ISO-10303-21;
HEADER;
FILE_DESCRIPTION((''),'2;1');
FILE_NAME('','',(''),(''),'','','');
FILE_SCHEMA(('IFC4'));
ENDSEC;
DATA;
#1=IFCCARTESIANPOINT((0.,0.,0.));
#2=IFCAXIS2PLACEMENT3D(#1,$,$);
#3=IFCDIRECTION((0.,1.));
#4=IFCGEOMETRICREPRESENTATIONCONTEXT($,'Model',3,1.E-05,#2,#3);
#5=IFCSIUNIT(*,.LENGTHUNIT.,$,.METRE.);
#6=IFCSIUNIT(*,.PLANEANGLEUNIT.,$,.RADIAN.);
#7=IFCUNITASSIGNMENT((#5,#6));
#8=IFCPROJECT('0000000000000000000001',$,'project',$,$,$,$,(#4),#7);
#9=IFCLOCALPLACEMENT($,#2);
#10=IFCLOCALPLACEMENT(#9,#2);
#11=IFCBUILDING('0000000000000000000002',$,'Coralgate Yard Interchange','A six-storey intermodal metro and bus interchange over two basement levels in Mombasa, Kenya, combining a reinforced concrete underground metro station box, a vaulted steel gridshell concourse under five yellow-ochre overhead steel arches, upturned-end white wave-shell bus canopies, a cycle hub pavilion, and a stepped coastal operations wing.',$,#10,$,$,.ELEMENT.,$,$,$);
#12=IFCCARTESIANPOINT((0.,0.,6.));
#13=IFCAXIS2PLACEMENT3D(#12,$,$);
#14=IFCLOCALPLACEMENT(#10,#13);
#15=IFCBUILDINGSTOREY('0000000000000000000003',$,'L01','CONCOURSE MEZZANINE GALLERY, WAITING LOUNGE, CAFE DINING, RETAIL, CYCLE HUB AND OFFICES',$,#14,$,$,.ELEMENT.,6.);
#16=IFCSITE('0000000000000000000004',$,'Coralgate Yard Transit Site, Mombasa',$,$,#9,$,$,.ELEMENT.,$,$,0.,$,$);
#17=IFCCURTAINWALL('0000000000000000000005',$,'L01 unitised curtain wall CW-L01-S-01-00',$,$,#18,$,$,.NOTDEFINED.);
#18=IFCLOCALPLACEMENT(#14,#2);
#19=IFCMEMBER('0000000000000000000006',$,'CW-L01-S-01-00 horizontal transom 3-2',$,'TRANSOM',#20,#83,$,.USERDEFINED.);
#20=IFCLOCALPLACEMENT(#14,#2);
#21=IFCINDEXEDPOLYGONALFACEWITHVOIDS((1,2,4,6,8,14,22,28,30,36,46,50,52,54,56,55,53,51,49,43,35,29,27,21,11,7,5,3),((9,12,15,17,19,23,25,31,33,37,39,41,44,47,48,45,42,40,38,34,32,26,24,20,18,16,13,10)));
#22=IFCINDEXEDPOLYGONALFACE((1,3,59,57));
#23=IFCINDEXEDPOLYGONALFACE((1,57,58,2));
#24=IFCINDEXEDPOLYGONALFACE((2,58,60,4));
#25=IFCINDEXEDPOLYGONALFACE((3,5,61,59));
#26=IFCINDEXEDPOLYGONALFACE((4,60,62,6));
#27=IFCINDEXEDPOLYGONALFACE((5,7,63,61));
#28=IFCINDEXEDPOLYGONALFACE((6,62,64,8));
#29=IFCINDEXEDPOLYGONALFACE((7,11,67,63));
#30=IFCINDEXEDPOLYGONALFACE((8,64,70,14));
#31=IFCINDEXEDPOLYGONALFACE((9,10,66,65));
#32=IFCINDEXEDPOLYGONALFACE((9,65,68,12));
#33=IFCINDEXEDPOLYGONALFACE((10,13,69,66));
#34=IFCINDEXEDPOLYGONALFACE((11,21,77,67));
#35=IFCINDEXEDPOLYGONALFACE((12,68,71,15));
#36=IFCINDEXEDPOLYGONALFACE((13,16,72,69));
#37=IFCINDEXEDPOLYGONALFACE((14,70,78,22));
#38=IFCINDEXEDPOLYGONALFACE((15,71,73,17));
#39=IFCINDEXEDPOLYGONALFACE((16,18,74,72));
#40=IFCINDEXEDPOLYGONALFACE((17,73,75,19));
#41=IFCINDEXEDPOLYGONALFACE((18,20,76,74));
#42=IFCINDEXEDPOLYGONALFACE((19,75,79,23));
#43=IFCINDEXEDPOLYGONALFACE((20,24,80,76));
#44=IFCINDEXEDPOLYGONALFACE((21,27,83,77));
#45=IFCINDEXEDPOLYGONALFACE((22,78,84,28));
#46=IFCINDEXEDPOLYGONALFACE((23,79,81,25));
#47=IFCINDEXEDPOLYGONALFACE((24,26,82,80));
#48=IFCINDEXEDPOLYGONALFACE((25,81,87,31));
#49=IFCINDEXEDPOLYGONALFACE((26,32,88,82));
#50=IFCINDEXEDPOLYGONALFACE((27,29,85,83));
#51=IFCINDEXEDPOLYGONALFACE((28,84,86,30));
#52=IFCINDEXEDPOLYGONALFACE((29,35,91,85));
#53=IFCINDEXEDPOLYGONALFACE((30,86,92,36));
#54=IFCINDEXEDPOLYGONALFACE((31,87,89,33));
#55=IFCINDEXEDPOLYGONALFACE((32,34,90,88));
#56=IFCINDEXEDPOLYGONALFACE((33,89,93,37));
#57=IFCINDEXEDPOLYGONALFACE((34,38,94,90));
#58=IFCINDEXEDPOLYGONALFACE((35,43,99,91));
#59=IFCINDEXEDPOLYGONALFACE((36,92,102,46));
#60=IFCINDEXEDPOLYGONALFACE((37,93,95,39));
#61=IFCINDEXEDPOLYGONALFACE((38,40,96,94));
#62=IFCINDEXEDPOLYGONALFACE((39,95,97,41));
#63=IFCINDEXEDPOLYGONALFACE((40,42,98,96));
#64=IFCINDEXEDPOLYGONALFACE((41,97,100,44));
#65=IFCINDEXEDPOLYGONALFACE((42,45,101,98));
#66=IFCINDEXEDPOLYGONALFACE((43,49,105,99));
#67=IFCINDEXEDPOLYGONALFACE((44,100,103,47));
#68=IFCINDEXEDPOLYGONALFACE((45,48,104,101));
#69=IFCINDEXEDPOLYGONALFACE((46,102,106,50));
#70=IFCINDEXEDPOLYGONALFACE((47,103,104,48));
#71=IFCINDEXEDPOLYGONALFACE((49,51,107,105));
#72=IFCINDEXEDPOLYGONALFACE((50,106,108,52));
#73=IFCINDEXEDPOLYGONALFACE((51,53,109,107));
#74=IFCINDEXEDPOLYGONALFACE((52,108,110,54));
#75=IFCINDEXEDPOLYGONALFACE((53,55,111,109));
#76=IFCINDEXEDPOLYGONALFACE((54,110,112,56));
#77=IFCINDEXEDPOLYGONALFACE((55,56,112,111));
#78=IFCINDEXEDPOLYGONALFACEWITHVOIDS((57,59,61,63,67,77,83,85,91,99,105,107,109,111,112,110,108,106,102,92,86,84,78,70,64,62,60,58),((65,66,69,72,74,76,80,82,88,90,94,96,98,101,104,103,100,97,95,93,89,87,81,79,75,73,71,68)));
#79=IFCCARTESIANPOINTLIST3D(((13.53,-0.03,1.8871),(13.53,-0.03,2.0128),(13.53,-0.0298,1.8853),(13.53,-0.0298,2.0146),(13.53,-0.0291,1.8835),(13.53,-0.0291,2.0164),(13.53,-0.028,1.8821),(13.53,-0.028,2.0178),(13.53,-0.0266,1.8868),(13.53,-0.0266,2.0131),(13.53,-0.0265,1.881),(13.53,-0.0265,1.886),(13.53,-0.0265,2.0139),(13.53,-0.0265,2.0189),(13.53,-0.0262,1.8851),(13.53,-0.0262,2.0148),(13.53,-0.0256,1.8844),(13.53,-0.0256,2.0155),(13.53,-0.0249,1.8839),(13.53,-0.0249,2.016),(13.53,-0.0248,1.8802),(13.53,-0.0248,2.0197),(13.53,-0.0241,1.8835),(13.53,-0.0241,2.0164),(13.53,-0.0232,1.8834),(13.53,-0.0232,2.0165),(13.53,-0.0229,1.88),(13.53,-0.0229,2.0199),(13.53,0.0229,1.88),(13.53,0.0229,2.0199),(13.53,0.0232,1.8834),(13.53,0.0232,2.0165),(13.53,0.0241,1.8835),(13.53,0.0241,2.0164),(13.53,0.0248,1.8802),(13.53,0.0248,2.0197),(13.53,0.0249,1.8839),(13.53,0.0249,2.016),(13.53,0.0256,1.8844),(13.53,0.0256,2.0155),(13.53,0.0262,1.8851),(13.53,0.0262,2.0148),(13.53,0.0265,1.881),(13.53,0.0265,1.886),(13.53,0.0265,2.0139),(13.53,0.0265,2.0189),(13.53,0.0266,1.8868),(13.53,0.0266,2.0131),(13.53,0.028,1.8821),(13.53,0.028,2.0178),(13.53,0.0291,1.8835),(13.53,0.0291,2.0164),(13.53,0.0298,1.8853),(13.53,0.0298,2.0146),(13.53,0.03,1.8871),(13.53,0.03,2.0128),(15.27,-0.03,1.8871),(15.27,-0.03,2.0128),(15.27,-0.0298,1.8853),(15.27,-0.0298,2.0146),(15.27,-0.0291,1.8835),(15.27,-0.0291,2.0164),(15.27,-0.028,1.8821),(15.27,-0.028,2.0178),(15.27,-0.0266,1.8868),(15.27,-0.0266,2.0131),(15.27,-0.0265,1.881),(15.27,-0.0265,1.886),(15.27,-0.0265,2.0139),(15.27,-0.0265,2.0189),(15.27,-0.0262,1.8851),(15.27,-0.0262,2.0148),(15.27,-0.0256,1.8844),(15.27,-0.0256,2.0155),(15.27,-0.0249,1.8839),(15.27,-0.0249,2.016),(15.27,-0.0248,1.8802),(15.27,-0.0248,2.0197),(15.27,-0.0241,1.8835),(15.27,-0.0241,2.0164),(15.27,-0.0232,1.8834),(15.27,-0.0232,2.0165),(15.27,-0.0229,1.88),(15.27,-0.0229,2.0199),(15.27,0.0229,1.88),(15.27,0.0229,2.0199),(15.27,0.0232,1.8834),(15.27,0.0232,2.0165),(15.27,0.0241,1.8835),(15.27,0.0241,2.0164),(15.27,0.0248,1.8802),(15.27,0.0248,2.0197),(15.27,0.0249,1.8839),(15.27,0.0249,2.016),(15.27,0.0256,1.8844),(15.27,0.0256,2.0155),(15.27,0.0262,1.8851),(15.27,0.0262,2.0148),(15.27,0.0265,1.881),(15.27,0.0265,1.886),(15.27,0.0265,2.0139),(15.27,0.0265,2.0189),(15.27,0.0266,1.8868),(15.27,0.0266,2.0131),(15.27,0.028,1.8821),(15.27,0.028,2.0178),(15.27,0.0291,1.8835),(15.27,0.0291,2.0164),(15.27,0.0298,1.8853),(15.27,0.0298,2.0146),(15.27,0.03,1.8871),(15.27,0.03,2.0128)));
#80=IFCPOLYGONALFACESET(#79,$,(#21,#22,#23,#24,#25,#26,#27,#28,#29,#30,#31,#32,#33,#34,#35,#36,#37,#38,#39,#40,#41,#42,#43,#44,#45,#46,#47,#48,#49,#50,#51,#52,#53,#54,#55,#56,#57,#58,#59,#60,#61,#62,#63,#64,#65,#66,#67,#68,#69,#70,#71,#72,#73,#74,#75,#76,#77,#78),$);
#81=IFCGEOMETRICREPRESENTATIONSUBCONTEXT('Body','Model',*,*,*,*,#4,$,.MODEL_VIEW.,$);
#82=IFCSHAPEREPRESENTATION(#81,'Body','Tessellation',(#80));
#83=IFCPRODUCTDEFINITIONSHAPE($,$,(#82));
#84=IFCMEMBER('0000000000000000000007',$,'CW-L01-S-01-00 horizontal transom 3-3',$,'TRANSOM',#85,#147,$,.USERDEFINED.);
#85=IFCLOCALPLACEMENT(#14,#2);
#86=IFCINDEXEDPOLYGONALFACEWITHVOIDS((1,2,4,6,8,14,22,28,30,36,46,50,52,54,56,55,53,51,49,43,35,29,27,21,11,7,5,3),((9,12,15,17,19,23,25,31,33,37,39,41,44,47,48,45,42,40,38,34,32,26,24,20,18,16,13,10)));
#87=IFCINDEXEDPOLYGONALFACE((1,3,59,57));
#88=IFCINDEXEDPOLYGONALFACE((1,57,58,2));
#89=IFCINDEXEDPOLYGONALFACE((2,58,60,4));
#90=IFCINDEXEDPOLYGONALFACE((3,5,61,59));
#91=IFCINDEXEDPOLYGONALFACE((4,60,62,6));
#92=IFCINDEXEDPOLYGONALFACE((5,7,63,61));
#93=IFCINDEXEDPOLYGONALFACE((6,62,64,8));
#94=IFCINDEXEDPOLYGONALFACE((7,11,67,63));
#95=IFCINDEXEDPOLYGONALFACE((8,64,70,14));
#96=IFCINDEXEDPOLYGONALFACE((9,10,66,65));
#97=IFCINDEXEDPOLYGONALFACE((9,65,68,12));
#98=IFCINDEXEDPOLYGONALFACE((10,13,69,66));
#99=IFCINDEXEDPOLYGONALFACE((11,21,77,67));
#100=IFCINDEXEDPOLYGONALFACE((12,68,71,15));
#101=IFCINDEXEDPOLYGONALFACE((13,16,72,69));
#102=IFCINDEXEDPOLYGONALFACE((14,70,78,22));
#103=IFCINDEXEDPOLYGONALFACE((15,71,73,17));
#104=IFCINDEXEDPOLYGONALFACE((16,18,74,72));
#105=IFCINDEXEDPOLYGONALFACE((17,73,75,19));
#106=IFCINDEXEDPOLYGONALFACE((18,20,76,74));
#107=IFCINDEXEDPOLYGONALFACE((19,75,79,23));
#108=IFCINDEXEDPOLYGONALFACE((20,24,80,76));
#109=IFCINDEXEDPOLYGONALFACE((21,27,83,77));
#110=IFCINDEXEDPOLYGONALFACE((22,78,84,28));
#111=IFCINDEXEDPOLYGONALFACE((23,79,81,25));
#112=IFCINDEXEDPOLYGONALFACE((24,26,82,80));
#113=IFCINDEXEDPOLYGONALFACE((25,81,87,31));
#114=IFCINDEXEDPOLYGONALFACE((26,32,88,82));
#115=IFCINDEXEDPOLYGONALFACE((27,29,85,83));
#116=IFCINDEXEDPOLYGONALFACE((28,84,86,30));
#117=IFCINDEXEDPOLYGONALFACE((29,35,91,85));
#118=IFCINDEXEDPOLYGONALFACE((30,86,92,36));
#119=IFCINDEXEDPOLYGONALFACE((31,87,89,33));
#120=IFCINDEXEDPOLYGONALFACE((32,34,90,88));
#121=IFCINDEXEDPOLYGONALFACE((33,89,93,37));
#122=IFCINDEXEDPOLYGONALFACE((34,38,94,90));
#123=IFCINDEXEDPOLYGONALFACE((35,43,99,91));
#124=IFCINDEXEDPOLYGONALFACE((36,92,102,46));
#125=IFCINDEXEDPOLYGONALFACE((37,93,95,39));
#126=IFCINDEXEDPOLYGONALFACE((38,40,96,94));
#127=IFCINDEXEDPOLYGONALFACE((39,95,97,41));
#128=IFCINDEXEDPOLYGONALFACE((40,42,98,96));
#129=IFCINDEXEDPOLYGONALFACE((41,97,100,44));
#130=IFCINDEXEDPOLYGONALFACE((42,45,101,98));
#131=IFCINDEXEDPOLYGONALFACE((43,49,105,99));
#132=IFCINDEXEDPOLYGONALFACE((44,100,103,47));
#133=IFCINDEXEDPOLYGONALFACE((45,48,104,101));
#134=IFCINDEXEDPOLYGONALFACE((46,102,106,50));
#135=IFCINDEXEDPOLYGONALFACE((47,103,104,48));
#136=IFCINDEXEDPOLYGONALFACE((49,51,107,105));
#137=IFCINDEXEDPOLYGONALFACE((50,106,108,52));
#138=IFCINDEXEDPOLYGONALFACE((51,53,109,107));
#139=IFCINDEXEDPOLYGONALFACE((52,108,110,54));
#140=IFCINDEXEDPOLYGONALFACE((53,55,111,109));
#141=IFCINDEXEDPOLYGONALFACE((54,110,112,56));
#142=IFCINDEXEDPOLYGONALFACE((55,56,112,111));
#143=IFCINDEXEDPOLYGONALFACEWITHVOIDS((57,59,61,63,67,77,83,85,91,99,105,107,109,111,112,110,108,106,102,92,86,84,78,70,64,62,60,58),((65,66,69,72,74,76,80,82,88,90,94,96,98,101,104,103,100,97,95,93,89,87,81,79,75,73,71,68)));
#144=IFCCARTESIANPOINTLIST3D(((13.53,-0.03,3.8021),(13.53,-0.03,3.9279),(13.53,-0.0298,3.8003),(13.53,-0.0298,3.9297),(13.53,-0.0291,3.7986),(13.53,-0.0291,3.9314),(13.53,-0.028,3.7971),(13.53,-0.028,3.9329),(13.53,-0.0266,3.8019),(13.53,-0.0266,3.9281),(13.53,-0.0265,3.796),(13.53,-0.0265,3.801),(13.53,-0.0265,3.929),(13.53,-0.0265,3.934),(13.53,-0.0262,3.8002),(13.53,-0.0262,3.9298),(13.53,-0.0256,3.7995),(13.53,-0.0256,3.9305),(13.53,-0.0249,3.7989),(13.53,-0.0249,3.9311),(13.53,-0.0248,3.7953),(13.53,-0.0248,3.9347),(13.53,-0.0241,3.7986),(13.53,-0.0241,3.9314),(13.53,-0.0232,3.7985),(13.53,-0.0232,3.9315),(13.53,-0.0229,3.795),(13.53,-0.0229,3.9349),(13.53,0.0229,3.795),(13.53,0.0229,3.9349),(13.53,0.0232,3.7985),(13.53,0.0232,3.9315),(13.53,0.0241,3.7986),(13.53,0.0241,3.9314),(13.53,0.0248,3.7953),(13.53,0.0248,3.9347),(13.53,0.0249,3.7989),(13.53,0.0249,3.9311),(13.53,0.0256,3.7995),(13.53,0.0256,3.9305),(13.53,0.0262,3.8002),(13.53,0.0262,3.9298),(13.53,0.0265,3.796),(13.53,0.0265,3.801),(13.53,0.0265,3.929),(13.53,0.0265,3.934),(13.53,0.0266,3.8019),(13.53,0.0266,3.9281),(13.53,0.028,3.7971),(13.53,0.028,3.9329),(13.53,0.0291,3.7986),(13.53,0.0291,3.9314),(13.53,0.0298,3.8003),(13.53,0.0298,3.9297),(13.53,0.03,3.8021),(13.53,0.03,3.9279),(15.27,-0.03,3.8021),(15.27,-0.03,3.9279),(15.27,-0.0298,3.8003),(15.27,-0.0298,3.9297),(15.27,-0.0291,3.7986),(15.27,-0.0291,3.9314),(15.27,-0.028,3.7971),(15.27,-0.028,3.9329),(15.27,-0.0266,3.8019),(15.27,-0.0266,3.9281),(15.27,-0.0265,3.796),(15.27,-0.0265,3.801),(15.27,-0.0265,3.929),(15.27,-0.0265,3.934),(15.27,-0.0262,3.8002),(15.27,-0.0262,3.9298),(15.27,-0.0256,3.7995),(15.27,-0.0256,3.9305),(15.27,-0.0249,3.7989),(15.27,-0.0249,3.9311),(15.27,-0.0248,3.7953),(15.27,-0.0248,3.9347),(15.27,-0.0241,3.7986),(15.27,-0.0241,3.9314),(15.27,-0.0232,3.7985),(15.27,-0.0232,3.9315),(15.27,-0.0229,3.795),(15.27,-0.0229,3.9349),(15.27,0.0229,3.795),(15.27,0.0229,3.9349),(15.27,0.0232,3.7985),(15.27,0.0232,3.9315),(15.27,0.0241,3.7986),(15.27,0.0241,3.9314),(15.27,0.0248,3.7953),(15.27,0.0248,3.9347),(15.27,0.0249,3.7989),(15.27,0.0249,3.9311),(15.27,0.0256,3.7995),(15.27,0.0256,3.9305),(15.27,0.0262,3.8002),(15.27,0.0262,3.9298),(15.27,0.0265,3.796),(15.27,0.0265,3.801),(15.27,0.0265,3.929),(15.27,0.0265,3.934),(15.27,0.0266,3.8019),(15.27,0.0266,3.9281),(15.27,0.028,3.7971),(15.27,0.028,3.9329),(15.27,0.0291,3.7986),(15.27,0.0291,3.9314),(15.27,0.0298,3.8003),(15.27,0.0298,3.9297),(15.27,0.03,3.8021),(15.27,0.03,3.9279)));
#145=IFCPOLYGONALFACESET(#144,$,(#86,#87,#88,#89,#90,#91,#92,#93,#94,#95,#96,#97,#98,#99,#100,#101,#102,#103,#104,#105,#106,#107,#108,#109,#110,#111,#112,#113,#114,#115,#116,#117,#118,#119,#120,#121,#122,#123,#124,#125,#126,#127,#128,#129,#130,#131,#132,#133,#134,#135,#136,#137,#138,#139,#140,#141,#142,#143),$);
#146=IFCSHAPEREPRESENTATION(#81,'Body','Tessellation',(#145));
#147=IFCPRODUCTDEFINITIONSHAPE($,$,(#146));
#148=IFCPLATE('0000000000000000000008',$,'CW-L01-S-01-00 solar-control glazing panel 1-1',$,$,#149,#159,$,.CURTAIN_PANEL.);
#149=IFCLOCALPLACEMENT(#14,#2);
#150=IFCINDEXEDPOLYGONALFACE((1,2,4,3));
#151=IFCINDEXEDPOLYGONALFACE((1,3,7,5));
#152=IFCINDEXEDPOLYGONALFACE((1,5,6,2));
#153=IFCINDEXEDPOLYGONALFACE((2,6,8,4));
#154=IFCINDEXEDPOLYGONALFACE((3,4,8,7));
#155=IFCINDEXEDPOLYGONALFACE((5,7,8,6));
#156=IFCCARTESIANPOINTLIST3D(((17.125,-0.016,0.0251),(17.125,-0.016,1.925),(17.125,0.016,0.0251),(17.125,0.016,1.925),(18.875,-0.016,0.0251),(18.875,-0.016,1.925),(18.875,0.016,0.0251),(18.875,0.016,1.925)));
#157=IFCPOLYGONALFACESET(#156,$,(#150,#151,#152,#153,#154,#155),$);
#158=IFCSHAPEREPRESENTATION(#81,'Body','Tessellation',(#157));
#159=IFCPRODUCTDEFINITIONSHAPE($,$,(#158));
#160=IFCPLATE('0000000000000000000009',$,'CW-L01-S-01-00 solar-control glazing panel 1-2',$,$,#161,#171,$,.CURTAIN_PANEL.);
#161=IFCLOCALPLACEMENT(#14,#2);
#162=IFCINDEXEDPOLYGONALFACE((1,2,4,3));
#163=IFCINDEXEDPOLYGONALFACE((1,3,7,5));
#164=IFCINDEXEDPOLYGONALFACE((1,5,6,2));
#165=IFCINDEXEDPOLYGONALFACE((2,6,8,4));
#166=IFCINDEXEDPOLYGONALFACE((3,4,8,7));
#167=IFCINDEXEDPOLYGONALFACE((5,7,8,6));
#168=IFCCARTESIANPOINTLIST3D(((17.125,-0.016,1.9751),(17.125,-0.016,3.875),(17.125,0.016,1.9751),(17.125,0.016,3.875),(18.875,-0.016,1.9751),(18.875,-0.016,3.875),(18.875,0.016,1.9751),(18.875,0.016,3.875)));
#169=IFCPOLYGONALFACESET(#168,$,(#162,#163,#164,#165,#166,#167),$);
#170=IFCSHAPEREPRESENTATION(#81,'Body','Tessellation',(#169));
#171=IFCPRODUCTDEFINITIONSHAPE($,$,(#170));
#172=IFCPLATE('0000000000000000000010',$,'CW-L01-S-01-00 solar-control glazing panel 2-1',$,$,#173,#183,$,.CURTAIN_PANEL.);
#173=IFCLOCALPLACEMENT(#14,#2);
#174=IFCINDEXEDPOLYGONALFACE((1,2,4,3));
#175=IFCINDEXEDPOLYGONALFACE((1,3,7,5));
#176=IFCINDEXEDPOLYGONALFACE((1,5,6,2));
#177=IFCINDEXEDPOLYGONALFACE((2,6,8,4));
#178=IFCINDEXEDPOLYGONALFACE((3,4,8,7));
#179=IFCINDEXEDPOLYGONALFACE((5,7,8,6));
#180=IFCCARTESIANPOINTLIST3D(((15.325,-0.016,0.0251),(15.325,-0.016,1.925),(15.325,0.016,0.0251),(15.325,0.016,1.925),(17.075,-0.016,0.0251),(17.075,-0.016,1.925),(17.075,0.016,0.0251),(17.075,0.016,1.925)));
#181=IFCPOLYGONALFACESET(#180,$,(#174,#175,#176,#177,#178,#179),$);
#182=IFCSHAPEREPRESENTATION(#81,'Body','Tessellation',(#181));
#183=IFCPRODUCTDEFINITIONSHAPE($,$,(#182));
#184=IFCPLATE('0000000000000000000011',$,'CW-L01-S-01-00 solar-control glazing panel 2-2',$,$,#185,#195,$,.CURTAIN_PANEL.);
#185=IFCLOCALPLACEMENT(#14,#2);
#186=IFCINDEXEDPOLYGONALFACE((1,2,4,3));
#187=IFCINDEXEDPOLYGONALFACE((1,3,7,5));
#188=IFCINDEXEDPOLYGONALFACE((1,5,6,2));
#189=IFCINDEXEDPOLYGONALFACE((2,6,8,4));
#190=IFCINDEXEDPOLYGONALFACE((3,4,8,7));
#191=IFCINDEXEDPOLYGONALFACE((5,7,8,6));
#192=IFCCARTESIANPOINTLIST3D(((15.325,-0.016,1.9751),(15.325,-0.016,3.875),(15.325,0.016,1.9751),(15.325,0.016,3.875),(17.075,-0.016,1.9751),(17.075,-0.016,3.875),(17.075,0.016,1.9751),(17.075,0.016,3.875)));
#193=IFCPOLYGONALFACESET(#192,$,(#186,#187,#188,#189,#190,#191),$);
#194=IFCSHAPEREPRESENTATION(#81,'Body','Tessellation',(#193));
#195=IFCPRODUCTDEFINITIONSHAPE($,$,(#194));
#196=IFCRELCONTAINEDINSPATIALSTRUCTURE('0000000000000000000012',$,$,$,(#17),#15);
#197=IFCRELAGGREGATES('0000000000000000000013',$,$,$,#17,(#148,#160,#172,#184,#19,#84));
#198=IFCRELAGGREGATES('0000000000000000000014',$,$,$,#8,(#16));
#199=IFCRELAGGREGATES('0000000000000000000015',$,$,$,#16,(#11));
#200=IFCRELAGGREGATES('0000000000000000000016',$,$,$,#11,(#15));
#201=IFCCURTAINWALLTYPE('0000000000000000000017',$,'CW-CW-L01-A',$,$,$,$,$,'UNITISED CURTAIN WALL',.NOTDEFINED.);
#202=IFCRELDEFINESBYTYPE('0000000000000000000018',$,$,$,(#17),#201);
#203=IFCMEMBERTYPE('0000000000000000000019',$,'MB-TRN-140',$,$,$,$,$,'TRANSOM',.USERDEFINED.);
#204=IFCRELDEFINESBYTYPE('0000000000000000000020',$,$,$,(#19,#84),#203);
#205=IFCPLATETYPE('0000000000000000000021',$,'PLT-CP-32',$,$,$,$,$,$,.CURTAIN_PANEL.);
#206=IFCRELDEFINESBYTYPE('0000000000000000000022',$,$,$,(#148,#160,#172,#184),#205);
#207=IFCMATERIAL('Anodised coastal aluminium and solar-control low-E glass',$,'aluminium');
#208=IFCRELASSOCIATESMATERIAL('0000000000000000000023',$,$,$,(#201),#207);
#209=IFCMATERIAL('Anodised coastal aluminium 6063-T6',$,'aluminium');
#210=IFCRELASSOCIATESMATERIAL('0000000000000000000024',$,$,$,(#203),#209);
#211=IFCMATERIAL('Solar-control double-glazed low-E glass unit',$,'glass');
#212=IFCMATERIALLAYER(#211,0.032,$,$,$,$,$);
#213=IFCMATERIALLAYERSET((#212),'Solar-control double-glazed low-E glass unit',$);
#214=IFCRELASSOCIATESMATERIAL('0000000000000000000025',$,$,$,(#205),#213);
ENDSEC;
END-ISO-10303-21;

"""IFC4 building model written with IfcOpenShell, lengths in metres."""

from ifc_helpers import new_model, si_unit, direction, frame, origin, origin_2d, place, context, subcontext, project, spatial, rectangle, hollow_rectangle, extrude, material, layer, layer_set, material_profile, profile_set, type_object, element, aggregate, save


model = new_model("IFC4")

# Units and contexts
model_context = context("Model", 3, precision=1e-05, world=origin(), true_north=direction((0.0, 1.0)))
body_context = subcontext(model_context, "Body", "Model", "MODEL_VIEW")
ifc_project = project(units=[si_unit("LENGTHUNIT", "METRE"), si_unit("PLANEANGLEUNIT", "RADIAN")], contexts=[model_context])

# Site, building, storey
site_placement = place(None, origin())
site = spatial("IfcSite", under=ifc_project, at=site_placement, Name="Coralgate Yard Transit Site, Mombasa", CompositionType="ELEMENT", RefElevation=0.0)
building_placement = place(site_placement, origin())
building = spatial("IfcBuilding", under=site, at=building_placement, Name="Coralgate Yard Interchange", Description="A six-storey intermodal metro and bus interchange over two basement levels in Mombasa, Kenya, combining a reinforced concrete underground metro station box, a vaulted steel gridshell concourse under five yellow-ochre overhead steel arches, upturned-end white wave-shell bus canopies, a cycle hub pavilion, and a stepped coastal operations wing.", CompositionType="ELEMENT")
storey_placement = place(building_placement, frame((0.0, 0.0, 6.0)))
storey = spatial("IfcBuildingStorey", under=building, at=storey_placement, Name="L01", Description="CONCOURSE MEZZANINE GALLERY, WAITING LOUNGE, CAFE DINING, RETAIL, CYCLE HUB AND OFFICES", CompositionType="ELEMENT", Elevation=6.0)

# Curtain wall, members, plates
ifc_material_1 = material(Name="Anodised coastal aluminium and solar-control low-E glass", Category="aluminium")
curtain_wall_type = type_object("IfcCurtainWallType", Name="CW-CW-L01-A", ElementType="UNITISED CURTAIN WALL", PredefinedType="NOTDEFINED", material=ifc_material_1)
curtain_wall_placement = place(storey_placement, origin())
curtain_wall = element("IfcCurtainWall", 1, at=curtain_wall_placement, inside=storey, type_object=curtain_wall_type, Name="L01 unitised curtain wall CW-L01-S-01-00", PredefinedType="NOTDEFINED")
ifc_material_2 = material(Name="Anodised coastal aluminium 6063-T6", Category="aluminium")
ifc_material_profile_1 = material_profile(ifc_material_2, hollow_rectangle(XDim=0.0601, YDim=0.1399, WallThickness=0.0034, InnerFilletRadius=0.0034, OuterFilletRadius=0.0071, at=origin_2d()), Name="ALU 60x140x3.5")
ifc_profile_set_1 = profile_set([ifc_material_profile_1], Name="Anodised coastal aluminium 6063-T6")
member_type_1 = type_object("IfcMemberType", Name="MB-TRN-140", ElementType="TRANSOM", PredefinedType="USERDEFINED", material=ifc_profile_set_1)
member_1_placement = place(storey_placement, frame((15.27, 0.0, 1.95), z_axis=(-1.0, 0.0, 0.0), x_axis=(0.0, -1.0, 0.0)))
member_1 = element("IfcMember", 2, at=member_1_placement, type_object=member_type_1, Name="CW-L01-S-01-00 horizontal transom 3-2", ObjectType="TRANSOM", PredefinedType="USERDEFINED", context=body_context, shape_type="SweptSolid", body=[
    extrude(hollow_rectangle(XDim=0.0601, YDim=0.1399, WallThickness=0.0034, InnerFilletRadius=0.0034, OuterFilletRadius=0.0071, at=origin_2d()), origin(), (0.0, 0.0, 1.0), 1.74),
])
member_2_placement = place(storey_placement, frame((15.27, 0.0, 3.865), z_axis=(-1.0, 0.0, 0.0), x_axis=(0.0, -1.0, 0.0)))
member_2 = element("IfcMember", 3, at=member_2_placement, type_object=member_type_1, Name="CW-L01-S-01-00 horizontal transom 3-3", ObjectType="TRANSOM", PredefinedType="USERDEFINED", context=body_context, shape_type="SweptSolid", body=[
    extrude(hollow_rectangle(XDim=0.0601, YDim=0.1399, WallThickness=0.0034, InnerFilletRadius=0.0034, OuterFilletRadius=0.0071, at=origin_2d()), origin(), (0.0, 0.0, 1.0), 1.74),
])
ifc_material_3 = material(Name="Solar-control double-glazed low-E glass unit", Category="glass")
ifc_layer_1 = layer(ifc_material_3, 0.032)
ifc_layer_set_1 = layer_set([ifc_layer_1], Name="Solar-control double-glazed low-E glass unit")
plate_type = type_object("IfcPlateType", Name="PLT-CP-32", PredefinedType="CURTAIN_PANEL", material=ifc_layer_set_1)
plate_1_placement = place(storey_placement, frame((18.0, 0.0, 0.0251), z_axis=(0.0, 0.0, 1.0), x_axis=(-1.0, 0.0, 0.0)))
plate_1 = element("IfcPlate", 4, at=plate_1_placement, type_object=plate_type, Name="CW-L01-S-01-00 solar-control glazing panel 1-1", PredefinedType="CURTAIN_PANEL", context=body_context, shape_type="SweptSolid", body=[
    extrude(rectangle(XDim=1.75, YDim=0.032, at=origin_2d()), origin(), (0.0, 0.0, 1.0), 1.8999),
])
plate_2_placement = place(storey_placement, frame((18.0, 0.0, 1.9751), z_axis=(0.0, 0.0, 1.0), x_axis=(-1.0, 0.0, 0.0)))
plate_2 = element("IfcPlate", 5, at=plate_2_placement, type_object=plate_type, Name="CW-L01-S-01-00 solar-control glazing panel 1-2", PredefinedType="CURTAIN_PANEL", context=body_context, shape_type="SweptSolid", body=[
    extrude(rectangle(XDim=1.75, YDim=0.032, at=origin_2d()), origin(), (0.0, 0.0, 1.0), 1.8999),
])
plate_3_placement = place(storey_placement, frame((16.2, 0.0, 0.0251), z_axis=(0.0, 0.0, 1.0), x_axis=(-1.0, 0.0, 0.0)))
plate_3 = element("IfcPlate", 6, at=plate_3_placement, type_object=plate_type, Name="CW-L01-S-01-00 solar-control glazing panel 2-1", PredefinedType="CURTAIN_PANEL", context=body_context, shape_type="SweptSolid", body=[
    extrude(rectangle(XDim=1.75, YDim=0.032, at=origin_2d()), origin(), (0.0, 0.0, 1.0), 1.8999),
])
plate_4_placement = place(storey_placement, frame((16.2, 0.0, 1.9751), z_axis=(0.0, 0.0, 1.0), x_axis=(-1.0, 0.0, 0.0)))
plate_4 = element("IfcPlate", 7, at=plate_4_placement, type_object=plate_type, Name="CW-L01-S-01-00 solar-control glazing panel 2-2", PredefinedType="CURTAIN_PANEL", context=body_context, shape_type="SweptSolid", body=[
    extrude(rectangle(XDim=1.75, YDim=0.032, at=origin_2d()), origin(), (0.0, 0.0, 1.0), 1.8999),
])
aggregate(curtain_wall, [plate_1, plate_2, plate_3, plate_4, member_1, member_2])

save(model, "model.ifc")
